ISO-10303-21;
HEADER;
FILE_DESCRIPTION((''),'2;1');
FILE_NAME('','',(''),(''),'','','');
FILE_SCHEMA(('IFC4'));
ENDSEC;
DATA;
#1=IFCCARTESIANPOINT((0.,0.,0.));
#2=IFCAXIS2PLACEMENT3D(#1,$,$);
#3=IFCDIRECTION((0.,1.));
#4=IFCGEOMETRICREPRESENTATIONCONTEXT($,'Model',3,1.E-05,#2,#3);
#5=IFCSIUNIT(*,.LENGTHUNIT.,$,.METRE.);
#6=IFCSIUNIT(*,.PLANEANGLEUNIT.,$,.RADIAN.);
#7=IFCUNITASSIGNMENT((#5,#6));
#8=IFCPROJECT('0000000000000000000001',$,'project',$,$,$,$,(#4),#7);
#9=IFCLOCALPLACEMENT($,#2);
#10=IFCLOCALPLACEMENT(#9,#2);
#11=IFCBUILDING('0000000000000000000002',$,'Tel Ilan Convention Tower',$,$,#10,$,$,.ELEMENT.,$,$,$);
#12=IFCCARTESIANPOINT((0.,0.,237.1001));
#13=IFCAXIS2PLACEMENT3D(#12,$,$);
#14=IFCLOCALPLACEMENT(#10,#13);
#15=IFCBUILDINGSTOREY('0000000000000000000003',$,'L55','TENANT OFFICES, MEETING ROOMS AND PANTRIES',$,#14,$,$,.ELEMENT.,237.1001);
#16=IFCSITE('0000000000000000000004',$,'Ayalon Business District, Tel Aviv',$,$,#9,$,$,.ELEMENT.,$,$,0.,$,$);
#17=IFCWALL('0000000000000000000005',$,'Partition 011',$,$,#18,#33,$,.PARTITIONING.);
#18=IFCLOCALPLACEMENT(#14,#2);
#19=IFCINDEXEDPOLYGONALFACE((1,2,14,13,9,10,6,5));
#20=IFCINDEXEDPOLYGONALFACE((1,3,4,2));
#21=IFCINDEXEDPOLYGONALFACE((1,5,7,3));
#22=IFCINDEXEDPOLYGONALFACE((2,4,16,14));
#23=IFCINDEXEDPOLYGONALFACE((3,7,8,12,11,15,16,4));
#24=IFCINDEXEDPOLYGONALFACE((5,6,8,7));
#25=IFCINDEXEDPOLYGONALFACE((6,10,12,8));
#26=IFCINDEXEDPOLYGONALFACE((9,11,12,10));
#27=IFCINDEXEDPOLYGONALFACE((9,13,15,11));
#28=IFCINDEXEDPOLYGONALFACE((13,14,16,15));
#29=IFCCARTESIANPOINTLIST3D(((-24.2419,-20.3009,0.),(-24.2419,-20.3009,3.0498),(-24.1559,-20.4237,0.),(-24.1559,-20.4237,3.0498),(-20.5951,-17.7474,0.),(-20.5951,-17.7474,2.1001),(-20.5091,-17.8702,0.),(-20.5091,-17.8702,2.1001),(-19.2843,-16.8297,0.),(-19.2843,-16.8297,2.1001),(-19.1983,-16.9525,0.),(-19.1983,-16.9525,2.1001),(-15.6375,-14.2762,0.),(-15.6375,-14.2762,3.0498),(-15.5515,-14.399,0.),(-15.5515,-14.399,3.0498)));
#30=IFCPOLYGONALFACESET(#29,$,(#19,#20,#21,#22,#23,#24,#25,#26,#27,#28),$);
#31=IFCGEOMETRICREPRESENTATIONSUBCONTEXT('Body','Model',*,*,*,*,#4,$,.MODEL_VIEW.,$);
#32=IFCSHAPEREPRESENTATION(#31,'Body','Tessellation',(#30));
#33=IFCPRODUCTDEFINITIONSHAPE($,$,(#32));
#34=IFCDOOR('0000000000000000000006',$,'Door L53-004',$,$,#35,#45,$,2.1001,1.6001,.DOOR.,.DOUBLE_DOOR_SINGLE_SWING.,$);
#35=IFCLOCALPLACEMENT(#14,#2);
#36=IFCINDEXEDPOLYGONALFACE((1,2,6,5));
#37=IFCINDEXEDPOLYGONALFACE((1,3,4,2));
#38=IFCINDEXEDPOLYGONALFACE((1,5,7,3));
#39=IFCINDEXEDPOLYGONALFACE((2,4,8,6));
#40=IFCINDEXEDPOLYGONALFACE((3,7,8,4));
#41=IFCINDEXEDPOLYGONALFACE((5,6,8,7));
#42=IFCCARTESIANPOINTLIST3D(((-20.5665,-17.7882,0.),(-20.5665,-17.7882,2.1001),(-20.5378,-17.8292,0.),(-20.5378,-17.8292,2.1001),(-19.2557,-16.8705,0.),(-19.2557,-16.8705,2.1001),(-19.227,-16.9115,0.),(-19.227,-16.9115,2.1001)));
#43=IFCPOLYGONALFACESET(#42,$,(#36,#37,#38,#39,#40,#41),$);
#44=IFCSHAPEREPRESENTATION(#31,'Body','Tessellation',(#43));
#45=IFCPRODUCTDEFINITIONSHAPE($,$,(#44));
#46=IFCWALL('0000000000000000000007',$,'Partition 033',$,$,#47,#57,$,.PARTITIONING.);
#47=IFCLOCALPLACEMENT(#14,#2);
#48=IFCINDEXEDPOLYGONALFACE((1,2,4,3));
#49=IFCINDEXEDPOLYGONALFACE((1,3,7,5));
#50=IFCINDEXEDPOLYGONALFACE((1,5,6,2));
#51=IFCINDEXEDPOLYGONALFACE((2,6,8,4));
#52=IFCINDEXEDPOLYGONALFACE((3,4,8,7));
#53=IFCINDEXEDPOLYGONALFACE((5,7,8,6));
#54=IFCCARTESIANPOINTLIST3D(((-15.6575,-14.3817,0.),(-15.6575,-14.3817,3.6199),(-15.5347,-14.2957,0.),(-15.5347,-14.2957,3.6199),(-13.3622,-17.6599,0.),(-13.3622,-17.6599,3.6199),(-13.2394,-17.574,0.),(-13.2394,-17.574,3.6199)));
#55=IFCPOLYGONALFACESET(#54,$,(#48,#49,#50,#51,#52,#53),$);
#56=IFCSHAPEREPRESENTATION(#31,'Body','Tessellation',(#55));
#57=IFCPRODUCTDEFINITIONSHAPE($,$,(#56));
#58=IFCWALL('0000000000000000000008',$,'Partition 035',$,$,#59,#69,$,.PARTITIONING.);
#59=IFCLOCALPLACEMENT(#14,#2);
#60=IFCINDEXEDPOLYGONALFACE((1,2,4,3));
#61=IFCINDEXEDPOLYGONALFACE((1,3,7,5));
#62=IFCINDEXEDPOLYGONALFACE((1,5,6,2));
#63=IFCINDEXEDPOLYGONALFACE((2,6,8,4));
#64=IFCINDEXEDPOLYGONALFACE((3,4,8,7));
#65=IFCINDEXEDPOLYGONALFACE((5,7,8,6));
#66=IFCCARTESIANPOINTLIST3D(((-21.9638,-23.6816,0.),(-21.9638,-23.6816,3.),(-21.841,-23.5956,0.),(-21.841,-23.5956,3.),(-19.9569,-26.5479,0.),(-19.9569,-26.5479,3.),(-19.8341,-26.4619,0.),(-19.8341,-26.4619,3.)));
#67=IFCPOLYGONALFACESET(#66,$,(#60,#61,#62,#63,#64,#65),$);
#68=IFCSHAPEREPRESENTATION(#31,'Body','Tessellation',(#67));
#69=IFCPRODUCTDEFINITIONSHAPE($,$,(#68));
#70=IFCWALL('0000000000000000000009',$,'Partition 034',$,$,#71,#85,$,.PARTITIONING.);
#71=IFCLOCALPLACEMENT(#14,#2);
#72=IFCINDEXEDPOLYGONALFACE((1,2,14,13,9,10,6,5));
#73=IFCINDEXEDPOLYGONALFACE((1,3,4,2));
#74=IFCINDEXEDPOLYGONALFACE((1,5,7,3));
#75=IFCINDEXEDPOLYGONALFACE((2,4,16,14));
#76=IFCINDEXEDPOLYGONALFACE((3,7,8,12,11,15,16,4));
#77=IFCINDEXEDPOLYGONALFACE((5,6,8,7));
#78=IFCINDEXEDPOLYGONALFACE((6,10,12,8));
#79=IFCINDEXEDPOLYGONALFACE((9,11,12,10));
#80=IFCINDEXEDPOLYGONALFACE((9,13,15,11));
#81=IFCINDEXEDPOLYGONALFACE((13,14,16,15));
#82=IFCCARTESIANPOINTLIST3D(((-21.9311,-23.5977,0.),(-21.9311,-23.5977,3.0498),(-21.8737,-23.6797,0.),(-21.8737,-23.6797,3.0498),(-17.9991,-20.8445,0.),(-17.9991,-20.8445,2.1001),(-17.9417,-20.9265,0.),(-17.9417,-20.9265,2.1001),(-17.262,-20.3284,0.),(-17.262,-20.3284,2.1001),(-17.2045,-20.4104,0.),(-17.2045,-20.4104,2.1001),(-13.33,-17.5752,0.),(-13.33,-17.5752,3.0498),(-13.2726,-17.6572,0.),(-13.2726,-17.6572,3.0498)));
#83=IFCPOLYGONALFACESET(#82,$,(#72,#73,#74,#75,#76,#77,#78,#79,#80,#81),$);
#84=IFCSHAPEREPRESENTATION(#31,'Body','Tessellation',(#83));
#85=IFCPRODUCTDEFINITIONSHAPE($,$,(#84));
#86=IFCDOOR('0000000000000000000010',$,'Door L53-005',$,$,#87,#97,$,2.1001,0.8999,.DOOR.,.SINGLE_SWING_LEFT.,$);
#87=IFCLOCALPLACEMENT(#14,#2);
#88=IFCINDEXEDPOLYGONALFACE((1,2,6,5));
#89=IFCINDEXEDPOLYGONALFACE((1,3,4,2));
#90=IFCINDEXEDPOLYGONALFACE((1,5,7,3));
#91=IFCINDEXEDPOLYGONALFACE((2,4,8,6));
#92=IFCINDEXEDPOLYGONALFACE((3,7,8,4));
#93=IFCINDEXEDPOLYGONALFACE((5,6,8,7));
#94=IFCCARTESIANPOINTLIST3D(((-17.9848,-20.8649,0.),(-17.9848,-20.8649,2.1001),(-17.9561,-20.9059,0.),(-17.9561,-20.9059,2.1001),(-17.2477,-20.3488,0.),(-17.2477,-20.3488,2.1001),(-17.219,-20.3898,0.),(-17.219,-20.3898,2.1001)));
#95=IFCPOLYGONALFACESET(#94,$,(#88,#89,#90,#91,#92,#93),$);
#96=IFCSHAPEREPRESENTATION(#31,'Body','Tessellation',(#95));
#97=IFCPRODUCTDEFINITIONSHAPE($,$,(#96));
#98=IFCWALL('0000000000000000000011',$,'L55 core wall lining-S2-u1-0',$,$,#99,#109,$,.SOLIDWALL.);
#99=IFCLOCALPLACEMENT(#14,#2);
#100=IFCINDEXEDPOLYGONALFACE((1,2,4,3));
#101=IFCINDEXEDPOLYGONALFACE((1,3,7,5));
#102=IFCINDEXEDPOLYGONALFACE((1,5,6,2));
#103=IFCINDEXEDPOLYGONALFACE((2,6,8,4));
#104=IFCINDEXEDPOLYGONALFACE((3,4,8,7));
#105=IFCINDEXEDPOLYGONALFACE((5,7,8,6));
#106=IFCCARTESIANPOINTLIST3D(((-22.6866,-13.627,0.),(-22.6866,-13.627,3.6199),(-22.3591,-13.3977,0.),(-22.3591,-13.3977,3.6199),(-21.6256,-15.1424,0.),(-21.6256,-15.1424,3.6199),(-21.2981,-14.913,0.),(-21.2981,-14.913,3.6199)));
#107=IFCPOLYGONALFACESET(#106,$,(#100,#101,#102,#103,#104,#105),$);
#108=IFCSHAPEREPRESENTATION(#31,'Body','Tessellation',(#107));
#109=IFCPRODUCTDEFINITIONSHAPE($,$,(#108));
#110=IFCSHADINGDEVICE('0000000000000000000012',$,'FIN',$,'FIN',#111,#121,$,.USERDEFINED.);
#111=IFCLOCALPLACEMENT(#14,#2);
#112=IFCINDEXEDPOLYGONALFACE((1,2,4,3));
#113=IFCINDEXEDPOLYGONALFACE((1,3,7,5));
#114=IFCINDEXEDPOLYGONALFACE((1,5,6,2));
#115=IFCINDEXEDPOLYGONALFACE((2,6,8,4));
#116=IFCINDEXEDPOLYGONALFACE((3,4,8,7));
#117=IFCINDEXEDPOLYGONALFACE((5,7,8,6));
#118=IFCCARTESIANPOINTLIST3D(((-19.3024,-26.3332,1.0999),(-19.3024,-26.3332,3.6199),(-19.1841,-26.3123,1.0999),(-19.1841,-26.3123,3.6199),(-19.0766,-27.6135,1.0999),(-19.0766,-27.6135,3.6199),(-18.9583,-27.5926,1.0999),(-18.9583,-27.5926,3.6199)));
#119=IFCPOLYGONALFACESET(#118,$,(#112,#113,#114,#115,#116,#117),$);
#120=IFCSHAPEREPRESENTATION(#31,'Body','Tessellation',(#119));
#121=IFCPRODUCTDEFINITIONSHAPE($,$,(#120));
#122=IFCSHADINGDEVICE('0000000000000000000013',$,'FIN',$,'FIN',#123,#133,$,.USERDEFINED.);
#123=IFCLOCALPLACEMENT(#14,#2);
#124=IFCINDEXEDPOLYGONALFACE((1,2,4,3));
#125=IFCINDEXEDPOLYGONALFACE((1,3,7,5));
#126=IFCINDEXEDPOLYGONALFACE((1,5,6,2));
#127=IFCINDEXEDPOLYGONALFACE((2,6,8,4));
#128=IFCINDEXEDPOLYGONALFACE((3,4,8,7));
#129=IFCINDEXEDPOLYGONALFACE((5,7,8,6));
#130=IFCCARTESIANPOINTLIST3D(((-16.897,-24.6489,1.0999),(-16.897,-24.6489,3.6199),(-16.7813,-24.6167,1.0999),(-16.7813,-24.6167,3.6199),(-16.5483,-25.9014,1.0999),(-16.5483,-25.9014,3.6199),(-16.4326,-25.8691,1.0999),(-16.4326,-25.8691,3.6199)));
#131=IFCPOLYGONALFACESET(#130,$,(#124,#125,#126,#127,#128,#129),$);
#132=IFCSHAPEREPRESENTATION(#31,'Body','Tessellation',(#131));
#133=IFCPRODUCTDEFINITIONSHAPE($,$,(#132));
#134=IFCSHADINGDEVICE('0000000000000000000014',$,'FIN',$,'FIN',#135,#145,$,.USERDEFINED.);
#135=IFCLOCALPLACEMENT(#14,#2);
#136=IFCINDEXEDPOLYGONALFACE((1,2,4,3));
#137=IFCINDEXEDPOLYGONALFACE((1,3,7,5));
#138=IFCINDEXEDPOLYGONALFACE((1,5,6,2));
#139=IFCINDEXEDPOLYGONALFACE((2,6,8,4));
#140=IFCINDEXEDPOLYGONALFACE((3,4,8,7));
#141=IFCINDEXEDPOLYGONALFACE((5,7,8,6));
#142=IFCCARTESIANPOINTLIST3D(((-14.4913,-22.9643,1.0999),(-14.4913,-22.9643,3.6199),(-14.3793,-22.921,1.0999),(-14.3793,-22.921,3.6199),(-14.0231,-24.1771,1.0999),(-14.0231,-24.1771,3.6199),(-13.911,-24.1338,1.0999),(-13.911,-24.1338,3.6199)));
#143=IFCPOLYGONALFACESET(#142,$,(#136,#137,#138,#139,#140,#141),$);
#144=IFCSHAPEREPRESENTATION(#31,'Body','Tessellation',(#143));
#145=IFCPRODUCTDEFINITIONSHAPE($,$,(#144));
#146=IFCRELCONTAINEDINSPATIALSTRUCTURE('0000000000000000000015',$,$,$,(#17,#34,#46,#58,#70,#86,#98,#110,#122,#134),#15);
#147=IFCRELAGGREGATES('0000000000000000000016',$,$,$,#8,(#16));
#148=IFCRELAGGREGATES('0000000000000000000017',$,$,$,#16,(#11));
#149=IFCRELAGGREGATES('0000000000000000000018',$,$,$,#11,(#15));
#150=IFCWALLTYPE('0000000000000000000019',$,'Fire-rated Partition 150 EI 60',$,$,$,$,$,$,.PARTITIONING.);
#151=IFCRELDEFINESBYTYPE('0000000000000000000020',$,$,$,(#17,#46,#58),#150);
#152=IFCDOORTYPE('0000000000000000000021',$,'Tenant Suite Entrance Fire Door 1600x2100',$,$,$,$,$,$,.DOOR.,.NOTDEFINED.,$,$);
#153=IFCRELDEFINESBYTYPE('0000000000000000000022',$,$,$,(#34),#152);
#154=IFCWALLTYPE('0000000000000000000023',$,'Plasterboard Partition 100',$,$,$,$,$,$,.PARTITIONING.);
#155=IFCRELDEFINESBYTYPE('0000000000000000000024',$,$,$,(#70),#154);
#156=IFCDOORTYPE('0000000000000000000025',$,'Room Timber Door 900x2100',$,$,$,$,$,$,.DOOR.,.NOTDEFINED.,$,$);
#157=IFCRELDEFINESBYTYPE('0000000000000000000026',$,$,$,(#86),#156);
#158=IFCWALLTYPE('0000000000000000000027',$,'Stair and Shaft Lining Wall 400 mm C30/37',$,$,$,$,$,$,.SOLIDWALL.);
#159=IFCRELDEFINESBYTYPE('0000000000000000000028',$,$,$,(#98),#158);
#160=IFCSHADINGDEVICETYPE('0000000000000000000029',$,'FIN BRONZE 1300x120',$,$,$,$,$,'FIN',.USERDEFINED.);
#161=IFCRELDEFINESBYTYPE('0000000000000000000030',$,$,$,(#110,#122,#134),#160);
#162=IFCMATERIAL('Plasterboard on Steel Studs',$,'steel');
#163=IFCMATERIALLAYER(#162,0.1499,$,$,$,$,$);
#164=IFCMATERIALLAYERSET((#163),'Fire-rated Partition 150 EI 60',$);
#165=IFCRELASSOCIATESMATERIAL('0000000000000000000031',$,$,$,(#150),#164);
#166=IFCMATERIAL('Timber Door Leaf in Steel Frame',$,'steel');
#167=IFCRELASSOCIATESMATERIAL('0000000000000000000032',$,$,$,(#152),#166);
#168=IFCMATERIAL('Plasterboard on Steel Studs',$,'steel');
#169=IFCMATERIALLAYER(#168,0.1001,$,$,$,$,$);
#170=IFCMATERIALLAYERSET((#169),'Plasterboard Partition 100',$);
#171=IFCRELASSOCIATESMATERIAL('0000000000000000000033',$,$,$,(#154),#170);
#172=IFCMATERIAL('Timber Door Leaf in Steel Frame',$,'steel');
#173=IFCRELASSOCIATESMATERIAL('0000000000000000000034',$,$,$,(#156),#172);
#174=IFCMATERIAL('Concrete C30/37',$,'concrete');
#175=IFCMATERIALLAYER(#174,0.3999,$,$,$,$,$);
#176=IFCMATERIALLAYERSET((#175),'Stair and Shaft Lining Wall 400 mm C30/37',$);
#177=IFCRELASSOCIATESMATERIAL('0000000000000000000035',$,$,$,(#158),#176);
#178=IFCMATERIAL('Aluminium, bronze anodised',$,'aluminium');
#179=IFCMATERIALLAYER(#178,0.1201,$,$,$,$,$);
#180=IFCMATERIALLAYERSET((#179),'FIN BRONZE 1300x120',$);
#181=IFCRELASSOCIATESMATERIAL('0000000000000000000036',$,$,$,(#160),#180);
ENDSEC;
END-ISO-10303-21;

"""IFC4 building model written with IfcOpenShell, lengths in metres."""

from ifc_helpers import new_model, si_unit, direction, frame, frame_2d, origin, origin_2d, place, context, subcontext, project, spatial, rectangle, extrude, material, layer, layer_set, type_object, element, fill, save


model = new_model("IFC4")

# Units and contexts
model_context = context("Model", 3, precision=1e-05, world=origin(), true_north=direction((0.0, 1.0)))
body_context = subcontext(model_context, "Body", "Model", "MODEL_VIEW")
ifc_project = project(units=[si_unit("LENGTHUNIT", "METRE"), si_unit("PLANEANGLEUNIT", "RADIAN")], contexts=[model_context])

# Site, building, storey
site_placement = place(None, origin())
site = spatial("IfcSite", under=ifc_project, at=site_placement, Name="Ayalon Business District, Tel Aviv", CompositionType="ELEMENT", RefElevation=0.0)
building_placement = place(site_placement, origin())
building = spatial("IfcBuilding", under=site, at=building_placement, Name="Tel Ilan Convention Tower", CompositionType="ELEMENT")
storey_placement = place(building_placement, frame((0.0, 0.0, 237.1001)))
storey = spatial("IfcBuildingStorey", under=building, at=storey_placement, Name="L55", Description="TENANT OFFICES, MEETING ROOMS AND PANTRIES", CompositionType="ELEMENT", Elevation=237.1001)

# Wall, opening, door
ifc_material_1 = material(Name="Plasterboard on Steel Studs", Category="steel")
ifc_layer_1 = layer(ifc_material_1, 0.1499)
ifc_layer_set_1 = layer_set([ifc_layer_1], Name="Fire-rated Partition 150 EI 60")
wall_type_1 = type_object("IfcWallType", Name="Fire-rated Partition 150 EI 60", PredefinedType="PARTITIONING", material=ifc_layer_set_1)
wall_1_placement = place(storey_placement, frame((-15.5945, -14.3376, 0.0), z_axis=(0.0, 0.0, 1.0), x_axis=(-0.819164, -0.573559, 0.0)))
wall_1 = element("IfcWall", 1, at=wall_1_placement, inside=storey, type_object=wall_type_1, Name="Partition 011", PredefinedType="PARTITIONING", context=body_context, shape_type="SweptSolid", body=[
    extrude(rectangle(XDim=10.5039, YDim=0.1499, at=frame_2d((5.252, 0.0))), origin(), (0.0, 0.0, 1.0), 3.0498),
])
opening_1_placement = place(wall_1_placement, frame((4.4519, 0.0, 0.0)))
opening_1 = element("IfcOpeningElement", 2, at=opening_1_placement, cuts=wall_1, PredefinedType="OPENING", context=body_context, shape_type="SweptSolid", body=[
    extrude(rectangle(XDim=1.6001, YDim=2.1001, at=frame_2d((0.8, 1.05))), frame((0.0, 0.085, 0.0), z_axis=(0.0, -1.0, 0.0), x_axis=(1.0, 0.0, 0.0)), (0.0, 0.0, 1.0), 0.1699),
])
ifc_material_2 = material(Name="Timber Door Leaf in Steel Frame", Category="steel")
door_type_1 = type_object("IfcDoorType", Name="Tenant Suite Entrance Fire Door 1600x2100", OperationType="NOTDEFINED", PredefinedType="DOOR", material=ifc_material_2)
door_1_placement = place(opening_1_placement, origin())
door_1 = element("IfcDoor", 3, at=door_1_placement, inside=storey, type_object=door_type_1, Name="Door L53-004", OperationType="DOUBLE_DOOR_SINGLE_SWING", OverallHeight=2.1001, OverallWidth=1.6001, PredefinedType="DOOR", context=body_context, shape_type="SweptSolid", body=[
    extrude(rectangle(XDim=1.6001, YDim=2.1001, at=frame_2d((0.8, 1.05))), frame((0.0, 0.0249, 0.0), z_axis=(0.0, -1.0, 0.0), x_axis=(1.0, 0.0, 0.0)), (0.0, 0.0, 1.0), 0.05),
])
fill(opening_1, door_1)

# Walls
wall_2_placement = place(storey_placement, frame((-13.3008, -17.6169, 0.0), z_axis=(0.0, 0.0, 1.0), x_axis=(-0.573561, 0.819163, 0.0)))
element("IfcWall", 4, at=wall_2_placement, inside=storey, type_object=wall_type_1, Name="Partition 033", PredefinedType="PARTITIONING", context=body_context, shape_type="SweptSolid", body=[
    extrude(rectangle(XDim=4.002, YDim=0.1499, at=frame_2d((2.001, 0.0))), origin(), (0.0, 0.0, 1.0), 3.6199),
])
wall_3_placement = place(storey_placement, frame((-19.8955, -26.5049, 0.0), z_axis=(0.0, 0.0, 1.0), x_axis=(-0.573556, 0.819166, 0.0)))
element("IfcWall", 5, at=wall_3_placement, inside=storey, type_object=wall_type_1, Name="Partition 035", PredefinedType="PARTITIONING", context=body_context, shape_type="SweptSolid", body=[
    extrude(rectangle(XDim=3.499, YDim=0.1499, at=frame_2d((1.7495, 0.0))), origin(), (0.0, 0.0, 1.0), 3.0),
])

# Wall, opening, door
ifc_material_3 = material(Name="Plasterboard on Steel Studs", Category="steel")
ifc_layer_2 = layer(ifc_material_3, 0.1001)
ifc_layer_set_2 = layer_set([ifc_layer_2], Name="Plasterboard Partition 100")
wall_type_2 = type_object("IfcWallType", Name="Plasterboard Partition 100", PredefinedType="PARTITIONING", material=ifc_layer_set_2)
wall_4_placement = place(storey_placement, frame((-13.3013, -17.6162, 0.0), z_axis=(0.0, 0.0, 1.0), x_axis=(-0.819155, -0.573572, 0.0)))
wall_4 = element("IfcWall", 6, at=wall_4_placement, inside=storey, type_object=wall_type_2, Name="Partition 034", PredefinedType="PARTITIONING", context=body_context, shape_type="SweptSolid", body=[
    extrude(rectangle(XDim=10.5, YDim=0.1001, at=frame_2d((5.25, 0.0))), origin(), (0.0, 0.0, 1.0), 3.0498),
])
opening_2_placement = place(wall_4_placement, frame((4.8, 0.0, 0.0)))
opening_2 = element("IfcOpeningElement", 7, at=opening_2_placement, cuts=wall_4, PredefinedType="OPENING", context=body_context, shape_type="SweptSolid", body=[
    extrude(rectangle(XDim=0.8999, YDim=2.1001, at=frame_2d((0.45, 1.05))), frame((0.0, 0.0601, 0.0), z_axis=(0.0, -1.0, 0.0), x_axis=(1.0, 0.0, 0.0)), (0.0, 0.0, 1.0), 0.1201),
])
ifc_material_4 = material(Name="Timber Door Leaf in Steel Frame", Category="steel")
door_type_2 = type_object("IfcDoorType", Name="Room Timber Door 900x2100", OperationType="NOTDEFINED", PredefinedType="DOOR", material=ifc_material_4)
door_2_placement = place(opening_2_placement, origin())
door_2 = element("IfcDoor", 8, at=door_2_placement, inside=storey, type_object=door_type_2, Name="Door L53-005", OperationType="SINGLE_SWING_LEFT", OverallHeight=2.1001, OverallWidth=0.8999, PredefinedType="DOOR", context=body_context, shape_type="SweptSolid", body=[
    extrude(rectangle(XDim=0.8999, YDim=2.1001, at=frame_2d((0.45, 1.05))), frame((0.0, 0.0249, 0.0), z_axis=(0.0, -1.0, 0.0), x_axis=(1.0, 0.0, 0.0)), (0.0, 0.0, 1.0), 0.05),
])
fill(opening_2, door_2)

# Wall
ifc_material_5 = material(Name="Concrete C30/37", Category="concrete")
ifc_layer_3 = layer(ifc_material_5, 0.3999)
ifc_layer_set_3 = layer_set([ifc_layer_3], Name="Stair and Shaft Lining Wall 400 mm C30/37")
wall_type_3 = type_object("IfcWallType", Name="Stair and Shaft Lining Wall 400 mm C30/37", PredefinedType="SOLIDWALL", material=ifc_layer_set_3)
wall_5_placement = place(storey_placement, frame((-21.4619, -15.0276, 0.0), z_axis=(0.0, 0.0, 1.0), x_axis=(-0.57356, 0.819164, 0.0)))
element("IfcWall", 9, at=wall_5_placement, inside=storey, type_object=wall_type_3, Name="L55 core wall lining-S2-u1-0", PredefinedType="SOLIDWALL", context=body_context, shape_type="SweptSolid", body=[
    extrude(rectangle(XDim=1.8499, YDim=0.3999, at=frame_2d((0.9248, 0.0))), origin(), (0.0, 0.0, 1.0), 3.6199),
])

# Shading devices
ifc_material_6 = material(Name="Aluminium, bronze anodised", Category="aluminium")
ifc_layer_4 = layer(ifc_material_6, 0.1201)
ifc_layer_set_4 = layer_set([ifc_layer_4], Name="FIN BRONZE 1300x120")
shading_device_type = type_object("IfcShadingDeviceType", Name="FIN BRONZE 1300x120", ElementType="FIN", PredefinedType="USERDEFINED", material=ifc_layer_set_4)
for number, where, z_axis, x_axis, name in (
    (10, (-19.1304, -26.9629, 1.0999), (0.0, 0.0, 1.0), (0.173648, -0.984808, 0.0), "FIN"),
    (11, (-16.6648, -25.259, 1.0999), (0.0, 0.0, 1.0), (0.268173, -0.963371, 0.0), "FIN"),
    (12, (-14.2012, -23.5491, 1.0999), (0.0, 0.0, 1.0), (0.360178, -0.932884, 0.0), "FIN"),
):
    element("IfcShadingDevice", number, at=place(storey_placement, frame(where, z_axis=z_axis, x_axis=x_axis)), inside=storey, type_object=shading_device_type, Name=name, ObjectType="FIN", PredefinedType="USERDEFINED", context=body_context, shape_type="SweptSolid", body=[
        extrude(rectangle(XDim=1.3, YDim=0.1201, at=origin_2d()), origin(), (0.0, 0.0, 1.0), 2.52),
    ])

save(model, "model.ifc")
